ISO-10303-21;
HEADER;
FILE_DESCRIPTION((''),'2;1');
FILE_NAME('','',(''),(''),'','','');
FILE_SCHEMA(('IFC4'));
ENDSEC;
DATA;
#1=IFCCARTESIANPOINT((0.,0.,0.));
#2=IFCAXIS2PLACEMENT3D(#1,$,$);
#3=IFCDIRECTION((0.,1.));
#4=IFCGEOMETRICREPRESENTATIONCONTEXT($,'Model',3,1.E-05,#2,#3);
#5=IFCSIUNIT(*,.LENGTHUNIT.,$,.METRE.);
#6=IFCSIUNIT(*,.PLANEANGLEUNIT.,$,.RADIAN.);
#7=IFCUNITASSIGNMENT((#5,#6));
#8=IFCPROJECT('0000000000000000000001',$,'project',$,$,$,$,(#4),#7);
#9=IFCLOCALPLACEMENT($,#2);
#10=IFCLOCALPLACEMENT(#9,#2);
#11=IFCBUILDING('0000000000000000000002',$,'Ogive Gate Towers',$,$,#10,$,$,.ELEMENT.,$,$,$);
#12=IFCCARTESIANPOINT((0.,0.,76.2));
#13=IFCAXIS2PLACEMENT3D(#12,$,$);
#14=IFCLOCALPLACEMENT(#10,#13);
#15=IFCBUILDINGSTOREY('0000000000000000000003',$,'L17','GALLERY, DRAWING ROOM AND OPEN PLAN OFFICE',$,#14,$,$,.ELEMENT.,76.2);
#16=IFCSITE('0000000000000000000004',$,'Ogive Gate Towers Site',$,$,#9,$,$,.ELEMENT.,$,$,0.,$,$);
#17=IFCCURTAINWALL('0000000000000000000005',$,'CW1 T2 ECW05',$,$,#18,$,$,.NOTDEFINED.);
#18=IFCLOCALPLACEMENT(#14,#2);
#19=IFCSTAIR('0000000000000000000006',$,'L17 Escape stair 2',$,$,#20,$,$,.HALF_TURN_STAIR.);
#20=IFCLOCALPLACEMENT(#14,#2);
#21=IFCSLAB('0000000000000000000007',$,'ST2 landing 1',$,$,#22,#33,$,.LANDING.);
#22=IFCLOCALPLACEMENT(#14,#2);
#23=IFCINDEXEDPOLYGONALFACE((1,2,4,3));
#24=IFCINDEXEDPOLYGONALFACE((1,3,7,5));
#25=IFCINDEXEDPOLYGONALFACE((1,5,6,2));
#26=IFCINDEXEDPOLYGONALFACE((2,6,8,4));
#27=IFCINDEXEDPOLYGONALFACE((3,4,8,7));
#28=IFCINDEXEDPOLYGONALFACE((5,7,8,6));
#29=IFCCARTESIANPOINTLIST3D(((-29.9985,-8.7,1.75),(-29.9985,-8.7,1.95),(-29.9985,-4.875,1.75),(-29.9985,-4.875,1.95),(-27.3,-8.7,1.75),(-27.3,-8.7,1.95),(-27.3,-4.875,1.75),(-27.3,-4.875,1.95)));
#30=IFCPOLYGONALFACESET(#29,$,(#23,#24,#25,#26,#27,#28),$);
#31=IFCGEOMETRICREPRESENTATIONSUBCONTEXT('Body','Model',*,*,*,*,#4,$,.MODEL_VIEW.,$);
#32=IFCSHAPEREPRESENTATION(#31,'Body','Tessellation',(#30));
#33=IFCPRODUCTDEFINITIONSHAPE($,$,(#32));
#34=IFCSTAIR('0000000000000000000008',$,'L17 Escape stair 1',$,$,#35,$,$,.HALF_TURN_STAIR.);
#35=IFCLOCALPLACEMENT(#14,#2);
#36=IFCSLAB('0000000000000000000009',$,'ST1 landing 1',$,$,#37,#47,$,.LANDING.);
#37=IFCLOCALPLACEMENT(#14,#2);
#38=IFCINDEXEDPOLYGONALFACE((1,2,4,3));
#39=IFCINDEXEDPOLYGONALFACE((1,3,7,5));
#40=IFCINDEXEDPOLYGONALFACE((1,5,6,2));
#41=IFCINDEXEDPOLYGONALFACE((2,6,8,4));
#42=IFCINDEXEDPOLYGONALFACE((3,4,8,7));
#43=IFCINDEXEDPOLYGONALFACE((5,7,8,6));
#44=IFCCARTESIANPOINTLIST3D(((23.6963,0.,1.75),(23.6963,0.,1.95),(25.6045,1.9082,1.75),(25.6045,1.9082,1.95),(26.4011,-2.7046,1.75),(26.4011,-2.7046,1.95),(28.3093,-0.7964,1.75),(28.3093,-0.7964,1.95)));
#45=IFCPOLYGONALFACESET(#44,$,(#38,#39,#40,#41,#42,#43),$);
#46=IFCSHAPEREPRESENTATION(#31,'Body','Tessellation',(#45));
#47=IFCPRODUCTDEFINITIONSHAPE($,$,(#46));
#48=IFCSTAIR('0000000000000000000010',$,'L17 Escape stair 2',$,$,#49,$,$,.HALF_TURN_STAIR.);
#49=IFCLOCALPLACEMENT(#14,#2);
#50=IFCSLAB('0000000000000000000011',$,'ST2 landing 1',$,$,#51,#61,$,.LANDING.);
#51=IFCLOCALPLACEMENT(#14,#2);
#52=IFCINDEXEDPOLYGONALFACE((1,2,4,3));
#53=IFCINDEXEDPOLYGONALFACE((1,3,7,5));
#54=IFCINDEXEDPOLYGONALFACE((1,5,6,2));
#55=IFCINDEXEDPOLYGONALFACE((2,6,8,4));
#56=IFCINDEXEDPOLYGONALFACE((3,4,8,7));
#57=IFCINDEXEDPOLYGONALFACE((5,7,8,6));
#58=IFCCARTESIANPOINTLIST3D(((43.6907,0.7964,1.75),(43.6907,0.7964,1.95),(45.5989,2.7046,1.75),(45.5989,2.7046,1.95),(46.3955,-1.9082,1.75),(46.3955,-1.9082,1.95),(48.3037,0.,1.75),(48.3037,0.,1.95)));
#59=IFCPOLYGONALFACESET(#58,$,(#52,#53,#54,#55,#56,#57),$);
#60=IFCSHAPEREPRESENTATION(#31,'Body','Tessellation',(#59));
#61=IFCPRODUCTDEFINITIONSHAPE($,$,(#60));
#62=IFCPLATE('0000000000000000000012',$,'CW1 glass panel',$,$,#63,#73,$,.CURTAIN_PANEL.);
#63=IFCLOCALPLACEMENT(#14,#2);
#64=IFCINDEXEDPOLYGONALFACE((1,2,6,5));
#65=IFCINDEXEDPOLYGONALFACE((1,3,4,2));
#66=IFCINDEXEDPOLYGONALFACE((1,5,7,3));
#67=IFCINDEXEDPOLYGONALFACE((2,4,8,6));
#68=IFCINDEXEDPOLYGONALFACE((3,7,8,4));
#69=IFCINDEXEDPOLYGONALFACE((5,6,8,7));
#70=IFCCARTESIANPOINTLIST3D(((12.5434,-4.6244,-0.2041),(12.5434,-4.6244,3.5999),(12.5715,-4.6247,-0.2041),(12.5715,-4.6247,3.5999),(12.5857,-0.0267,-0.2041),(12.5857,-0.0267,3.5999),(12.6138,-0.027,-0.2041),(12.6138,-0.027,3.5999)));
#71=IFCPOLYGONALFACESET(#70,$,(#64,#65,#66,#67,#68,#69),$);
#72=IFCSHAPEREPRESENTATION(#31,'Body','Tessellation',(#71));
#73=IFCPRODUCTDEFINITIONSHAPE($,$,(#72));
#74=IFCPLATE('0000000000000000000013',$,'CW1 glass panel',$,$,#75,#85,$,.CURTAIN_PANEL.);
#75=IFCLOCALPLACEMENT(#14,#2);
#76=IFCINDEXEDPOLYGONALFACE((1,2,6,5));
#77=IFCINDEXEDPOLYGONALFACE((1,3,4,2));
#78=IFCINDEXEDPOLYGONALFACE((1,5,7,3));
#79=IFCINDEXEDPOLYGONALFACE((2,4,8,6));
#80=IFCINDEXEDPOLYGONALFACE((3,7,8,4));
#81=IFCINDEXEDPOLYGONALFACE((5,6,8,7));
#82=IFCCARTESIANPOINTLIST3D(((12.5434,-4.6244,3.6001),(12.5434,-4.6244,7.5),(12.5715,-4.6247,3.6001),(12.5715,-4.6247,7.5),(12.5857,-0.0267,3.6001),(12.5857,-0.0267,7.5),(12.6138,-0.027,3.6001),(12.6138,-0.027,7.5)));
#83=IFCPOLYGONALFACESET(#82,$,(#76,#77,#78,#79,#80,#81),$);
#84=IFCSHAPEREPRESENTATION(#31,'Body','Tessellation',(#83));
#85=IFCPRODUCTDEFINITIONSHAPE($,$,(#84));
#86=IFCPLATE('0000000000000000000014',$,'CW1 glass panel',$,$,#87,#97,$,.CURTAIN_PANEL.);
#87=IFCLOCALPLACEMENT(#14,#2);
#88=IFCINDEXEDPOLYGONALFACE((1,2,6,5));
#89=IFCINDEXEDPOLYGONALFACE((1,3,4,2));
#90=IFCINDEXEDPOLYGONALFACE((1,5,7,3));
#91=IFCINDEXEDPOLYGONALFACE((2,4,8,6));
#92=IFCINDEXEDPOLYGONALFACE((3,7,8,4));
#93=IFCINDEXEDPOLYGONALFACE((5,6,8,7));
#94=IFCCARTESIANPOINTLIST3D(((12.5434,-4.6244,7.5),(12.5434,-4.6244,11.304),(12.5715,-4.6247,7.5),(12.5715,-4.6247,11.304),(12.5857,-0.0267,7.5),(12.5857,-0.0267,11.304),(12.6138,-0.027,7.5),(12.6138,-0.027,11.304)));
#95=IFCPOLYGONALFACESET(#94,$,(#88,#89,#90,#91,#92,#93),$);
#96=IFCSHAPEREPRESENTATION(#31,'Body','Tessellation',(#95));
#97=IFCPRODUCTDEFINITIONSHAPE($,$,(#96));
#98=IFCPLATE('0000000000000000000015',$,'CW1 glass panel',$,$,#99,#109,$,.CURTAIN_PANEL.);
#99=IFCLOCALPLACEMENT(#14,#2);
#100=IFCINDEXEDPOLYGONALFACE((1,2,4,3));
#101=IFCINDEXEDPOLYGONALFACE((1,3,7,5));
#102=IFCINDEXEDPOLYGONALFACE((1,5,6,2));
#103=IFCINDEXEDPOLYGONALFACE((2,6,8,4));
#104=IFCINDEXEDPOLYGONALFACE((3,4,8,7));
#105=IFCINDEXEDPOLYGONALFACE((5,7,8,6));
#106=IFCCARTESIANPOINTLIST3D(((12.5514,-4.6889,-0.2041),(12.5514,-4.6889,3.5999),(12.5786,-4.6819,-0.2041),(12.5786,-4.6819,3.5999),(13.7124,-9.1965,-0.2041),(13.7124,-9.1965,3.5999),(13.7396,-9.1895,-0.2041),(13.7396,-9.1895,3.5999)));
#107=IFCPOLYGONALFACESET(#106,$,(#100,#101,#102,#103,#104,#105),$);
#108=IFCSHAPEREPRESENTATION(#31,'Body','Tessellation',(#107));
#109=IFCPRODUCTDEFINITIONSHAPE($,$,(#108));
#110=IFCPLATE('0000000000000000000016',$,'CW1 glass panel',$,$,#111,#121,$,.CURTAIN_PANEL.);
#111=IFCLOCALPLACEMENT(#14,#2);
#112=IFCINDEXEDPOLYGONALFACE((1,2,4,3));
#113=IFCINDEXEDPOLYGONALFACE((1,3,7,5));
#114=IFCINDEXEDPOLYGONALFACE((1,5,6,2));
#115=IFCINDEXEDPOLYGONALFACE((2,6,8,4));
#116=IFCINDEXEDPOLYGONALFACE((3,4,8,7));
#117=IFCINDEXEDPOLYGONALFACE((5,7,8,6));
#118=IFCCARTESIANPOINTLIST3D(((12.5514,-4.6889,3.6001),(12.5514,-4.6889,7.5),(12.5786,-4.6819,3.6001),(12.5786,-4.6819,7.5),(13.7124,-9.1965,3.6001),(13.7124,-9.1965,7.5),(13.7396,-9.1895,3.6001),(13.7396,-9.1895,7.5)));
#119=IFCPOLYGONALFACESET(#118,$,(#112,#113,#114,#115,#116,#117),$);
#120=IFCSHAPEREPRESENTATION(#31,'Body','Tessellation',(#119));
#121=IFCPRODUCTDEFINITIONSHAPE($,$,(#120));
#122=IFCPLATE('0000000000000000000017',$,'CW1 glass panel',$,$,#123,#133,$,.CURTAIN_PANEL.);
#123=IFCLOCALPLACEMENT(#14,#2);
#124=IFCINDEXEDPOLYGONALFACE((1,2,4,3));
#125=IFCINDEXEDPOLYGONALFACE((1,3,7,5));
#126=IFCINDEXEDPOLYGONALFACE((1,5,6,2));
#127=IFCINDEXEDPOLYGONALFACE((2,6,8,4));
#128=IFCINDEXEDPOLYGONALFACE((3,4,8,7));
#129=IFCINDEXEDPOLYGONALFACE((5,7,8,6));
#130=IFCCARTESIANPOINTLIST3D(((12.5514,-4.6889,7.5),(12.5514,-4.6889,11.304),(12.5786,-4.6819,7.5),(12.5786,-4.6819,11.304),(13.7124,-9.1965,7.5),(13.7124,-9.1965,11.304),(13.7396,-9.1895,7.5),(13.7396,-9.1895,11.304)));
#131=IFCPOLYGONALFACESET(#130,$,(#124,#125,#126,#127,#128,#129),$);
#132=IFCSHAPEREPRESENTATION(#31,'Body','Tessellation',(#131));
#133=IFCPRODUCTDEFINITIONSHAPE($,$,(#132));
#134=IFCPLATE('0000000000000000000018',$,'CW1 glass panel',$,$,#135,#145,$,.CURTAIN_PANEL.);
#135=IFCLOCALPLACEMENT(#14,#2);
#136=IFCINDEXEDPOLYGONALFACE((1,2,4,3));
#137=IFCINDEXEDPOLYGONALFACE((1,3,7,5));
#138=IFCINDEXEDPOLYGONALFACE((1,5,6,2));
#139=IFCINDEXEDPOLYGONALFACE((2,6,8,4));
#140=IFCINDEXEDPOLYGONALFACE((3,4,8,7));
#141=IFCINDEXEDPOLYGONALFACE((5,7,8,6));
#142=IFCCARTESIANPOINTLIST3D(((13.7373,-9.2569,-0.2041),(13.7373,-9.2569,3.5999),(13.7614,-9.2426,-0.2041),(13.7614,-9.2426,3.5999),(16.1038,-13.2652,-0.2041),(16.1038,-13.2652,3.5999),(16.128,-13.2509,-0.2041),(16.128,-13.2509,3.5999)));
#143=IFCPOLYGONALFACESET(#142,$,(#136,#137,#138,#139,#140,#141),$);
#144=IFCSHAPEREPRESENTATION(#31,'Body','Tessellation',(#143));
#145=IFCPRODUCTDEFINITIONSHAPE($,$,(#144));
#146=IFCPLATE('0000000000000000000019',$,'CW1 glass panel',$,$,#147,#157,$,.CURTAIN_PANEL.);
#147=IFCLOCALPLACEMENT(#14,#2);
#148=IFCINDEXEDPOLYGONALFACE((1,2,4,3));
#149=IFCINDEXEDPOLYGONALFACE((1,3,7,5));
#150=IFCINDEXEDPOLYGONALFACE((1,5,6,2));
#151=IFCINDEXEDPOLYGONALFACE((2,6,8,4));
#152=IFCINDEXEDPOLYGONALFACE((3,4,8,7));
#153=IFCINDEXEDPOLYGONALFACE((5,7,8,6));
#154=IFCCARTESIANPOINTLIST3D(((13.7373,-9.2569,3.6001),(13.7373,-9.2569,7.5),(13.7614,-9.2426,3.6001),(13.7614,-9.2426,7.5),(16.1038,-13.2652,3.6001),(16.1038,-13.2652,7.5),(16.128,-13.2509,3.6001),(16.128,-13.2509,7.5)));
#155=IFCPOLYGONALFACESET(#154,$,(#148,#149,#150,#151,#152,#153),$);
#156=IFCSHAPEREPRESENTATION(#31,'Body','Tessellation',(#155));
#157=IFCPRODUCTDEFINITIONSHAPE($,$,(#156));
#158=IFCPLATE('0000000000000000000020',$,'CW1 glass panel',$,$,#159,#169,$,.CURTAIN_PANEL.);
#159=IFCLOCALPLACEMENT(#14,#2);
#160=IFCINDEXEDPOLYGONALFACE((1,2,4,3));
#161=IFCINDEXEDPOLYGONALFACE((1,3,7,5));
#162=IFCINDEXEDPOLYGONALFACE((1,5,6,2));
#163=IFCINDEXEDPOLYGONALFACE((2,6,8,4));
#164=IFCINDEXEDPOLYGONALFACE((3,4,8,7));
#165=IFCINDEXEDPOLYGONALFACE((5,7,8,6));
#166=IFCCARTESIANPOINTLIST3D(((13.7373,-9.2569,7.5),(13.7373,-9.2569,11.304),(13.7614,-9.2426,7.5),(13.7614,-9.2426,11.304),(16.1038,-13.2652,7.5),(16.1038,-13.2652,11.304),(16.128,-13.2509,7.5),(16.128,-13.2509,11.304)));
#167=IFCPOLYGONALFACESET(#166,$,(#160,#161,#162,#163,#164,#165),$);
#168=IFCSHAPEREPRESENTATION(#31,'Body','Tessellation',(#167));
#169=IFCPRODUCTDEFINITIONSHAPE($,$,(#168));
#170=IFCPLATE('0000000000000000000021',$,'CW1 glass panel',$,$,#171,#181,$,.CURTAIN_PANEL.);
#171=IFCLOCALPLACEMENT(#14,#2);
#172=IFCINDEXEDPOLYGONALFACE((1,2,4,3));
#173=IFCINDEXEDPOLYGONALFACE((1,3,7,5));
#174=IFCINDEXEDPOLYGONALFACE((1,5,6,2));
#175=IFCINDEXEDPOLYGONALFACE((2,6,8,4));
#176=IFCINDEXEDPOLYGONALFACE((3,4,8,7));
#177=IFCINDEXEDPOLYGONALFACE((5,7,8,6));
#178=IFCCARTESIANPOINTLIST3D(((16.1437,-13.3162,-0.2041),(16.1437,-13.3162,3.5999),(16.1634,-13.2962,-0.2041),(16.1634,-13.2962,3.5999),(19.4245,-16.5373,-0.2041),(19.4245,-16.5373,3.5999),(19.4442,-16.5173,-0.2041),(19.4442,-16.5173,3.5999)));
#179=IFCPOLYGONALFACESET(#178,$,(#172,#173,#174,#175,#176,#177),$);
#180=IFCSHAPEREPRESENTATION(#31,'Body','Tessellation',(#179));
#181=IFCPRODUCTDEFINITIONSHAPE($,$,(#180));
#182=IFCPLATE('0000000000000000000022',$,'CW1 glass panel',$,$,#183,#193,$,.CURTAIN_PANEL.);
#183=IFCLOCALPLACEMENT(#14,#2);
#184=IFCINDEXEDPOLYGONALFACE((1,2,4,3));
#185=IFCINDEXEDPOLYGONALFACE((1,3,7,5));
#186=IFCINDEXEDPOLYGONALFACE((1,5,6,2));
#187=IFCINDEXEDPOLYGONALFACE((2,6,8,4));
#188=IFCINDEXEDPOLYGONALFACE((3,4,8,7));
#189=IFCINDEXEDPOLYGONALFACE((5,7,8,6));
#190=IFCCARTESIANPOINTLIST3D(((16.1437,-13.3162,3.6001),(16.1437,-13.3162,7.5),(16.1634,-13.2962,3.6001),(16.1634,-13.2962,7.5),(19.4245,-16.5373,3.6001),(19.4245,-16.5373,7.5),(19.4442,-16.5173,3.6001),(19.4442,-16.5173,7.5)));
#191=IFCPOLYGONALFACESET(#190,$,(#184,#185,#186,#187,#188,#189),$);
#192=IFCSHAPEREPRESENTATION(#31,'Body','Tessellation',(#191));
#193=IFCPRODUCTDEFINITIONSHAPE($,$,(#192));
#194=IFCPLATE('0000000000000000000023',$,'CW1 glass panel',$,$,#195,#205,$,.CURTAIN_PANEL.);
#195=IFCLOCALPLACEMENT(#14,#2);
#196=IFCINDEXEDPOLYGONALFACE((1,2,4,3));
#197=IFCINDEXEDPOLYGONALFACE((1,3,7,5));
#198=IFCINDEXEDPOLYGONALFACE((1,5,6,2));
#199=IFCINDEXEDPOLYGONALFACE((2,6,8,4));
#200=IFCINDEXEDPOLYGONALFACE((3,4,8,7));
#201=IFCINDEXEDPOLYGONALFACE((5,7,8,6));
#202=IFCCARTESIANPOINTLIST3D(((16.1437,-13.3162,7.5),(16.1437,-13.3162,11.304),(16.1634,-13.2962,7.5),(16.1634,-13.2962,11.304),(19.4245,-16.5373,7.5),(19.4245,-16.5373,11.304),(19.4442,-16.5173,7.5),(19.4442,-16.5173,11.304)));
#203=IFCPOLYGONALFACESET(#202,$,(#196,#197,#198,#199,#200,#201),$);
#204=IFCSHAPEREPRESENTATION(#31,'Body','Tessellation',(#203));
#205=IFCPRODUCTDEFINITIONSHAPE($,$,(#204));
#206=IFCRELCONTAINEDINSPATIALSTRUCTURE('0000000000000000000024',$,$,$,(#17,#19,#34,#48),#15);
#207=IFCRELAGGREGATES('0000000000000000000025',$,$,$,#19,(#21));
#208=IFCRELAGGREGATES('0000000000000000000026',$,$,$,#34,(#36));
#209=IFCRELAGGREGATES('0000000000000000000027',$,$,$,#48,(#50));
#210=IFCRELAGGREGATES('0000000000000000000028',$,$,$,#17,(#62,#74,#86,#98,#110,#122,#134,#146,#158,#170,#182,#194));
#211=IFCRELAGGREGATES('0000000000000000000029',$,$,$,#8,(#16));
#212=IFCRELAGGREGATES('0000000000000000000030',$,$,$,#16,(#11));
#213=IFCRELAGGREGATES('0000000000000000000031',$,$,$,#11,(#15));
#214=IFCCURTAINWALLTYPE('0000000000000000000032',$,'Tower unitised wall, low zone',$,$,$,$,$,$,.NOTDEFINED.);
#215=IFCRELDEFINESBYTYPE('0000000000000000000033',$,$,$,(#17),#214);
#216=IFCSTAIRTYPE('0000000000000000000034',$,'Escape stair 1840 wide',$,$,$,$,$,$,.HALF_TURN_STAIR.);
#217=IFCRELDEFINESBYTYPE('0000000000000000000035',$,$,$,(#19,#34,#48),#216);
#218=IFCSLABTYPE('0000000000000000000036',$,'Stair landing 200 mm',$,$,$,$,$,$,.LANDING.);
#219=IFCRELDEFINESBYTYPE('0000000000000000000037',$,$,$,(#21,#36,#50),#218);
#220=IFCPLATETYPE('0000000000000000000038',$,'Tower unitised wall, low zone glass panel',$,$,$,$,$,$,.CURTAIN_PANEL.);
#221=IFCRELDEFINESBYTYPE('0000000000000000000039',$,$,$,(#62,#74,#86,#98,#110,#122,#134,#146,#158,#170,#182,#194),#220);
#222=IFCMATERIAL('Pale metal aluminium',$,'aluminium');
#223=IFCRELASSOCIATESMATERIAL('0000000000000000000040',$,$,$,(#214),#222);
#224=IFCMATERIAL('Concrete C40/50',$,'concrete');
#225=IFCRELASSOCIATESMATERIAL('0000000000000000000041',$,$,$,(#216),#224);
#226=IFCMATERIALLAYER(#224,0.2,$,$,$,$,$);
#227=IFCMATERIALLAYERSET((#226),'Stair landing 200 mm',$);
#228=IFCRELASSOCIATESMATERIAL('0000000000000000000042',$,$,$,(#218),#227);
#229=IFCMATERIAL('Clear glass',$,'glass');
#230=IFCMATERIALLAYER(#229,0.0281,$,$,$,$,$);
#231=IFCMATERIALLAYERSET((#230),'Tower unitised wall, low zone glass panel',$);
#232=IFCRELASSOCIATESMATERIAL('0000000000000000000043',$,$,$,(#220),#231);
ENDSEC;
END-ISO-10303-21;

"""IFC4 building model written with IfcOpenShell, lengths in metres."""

from ifc_helpers import new_model, si_unit, direction, frame, origin, origin_2d, place, context, subcontext, project, spatial, polyline, rectangle, outline, extrude, material, layer, layer_set, type_object, element, aggregate, save


model = new_model("IFC4")

# Units and contexts
model_context = context("Model", 3, precision=1e-05, world=origin(), true_north=direction((0.0, 1.0)))
body_context = subcontext(model_context, "Body", "Model", "MODEL_VIEW")
ifc_project = project(units=[si_unit("LENGTHUNIT", "METRE"), si_unit("PLANEANGLEUNIT", "RADIAN")], contexts=[model_context])

# Site, building, storey
site_placement = place(None, origin())
site = spatial("IfcSite", under=ifc_project, at=site_placement, Name="Ogive Gate Towers Site", CompositionType="ELEMENT", RefElevation=0.0)
building_placement = place(site_placement, origin())
building = spatial("IfcBuilding", under=site, at=building_placement, Name="Ogive Gate Towers", CompositionType="ELEMENT")
storey_placement = place(building_placement, frame((0.0, 0.0, 76.2)))
storey = spatial("IfcBuildingStorey", under=building, at=storey_placement, Name="L17", Description="GALLERY, DRAWING ROOM AND OPEN PLAN OFFICE", CompositionType="ELEMENT", Elevation=76.2)

# Curtain wall
ifc_material_1 = material(Name="Pale metal aluminium", Category="aluminium")
curtain_wall_type = type_object("IfcCurtainWallType", Name="Tower unitised wall, low zone", PredefinedType="NOTDEFINED", material=ifc_material_1)
curtain_wall_1_placement = place(storey_placement, origin())
curtain_wall_1 = element("IfcCurtainWall", 1, at=curtain_wall_1_placement, inside=storey, type_object=curtain_wall_type, Name="CW1 T2 ECW05", PredefinedType="NOTDEFINED")

# Stairs, slabs
ifc_material_2 = material(Name="Concrete C40/50", Category="concrete")
stair_type = type_object("IfcStairType", Name="Escape stair 1840 wide", PredefinedType="HALF_TURN_STAIR", material=ifc_material_2)
stair_1_placement = place(storey_placement, origin())
stair_1 = element("IfcStair", 2, at=stair_1_placement, inside=storey, type_object=stair_type, Name="L17 Escape stair 2", PredefinedType="HALF_TURN_STAIR")
ifc_layer_1 = layer(ifc_material_2, 0.2)
ifc_layer_set_1 = layer_set([ifc_layer_1], Name="Stair landing 200 mm")
slab_type = type_object("IfcSlabType", Name="Stair landing 200 mm", PredefinedType="LANDING", material=ifc_layer_set_1)
slab_1_placement = place(storey_placement, frame((0.0, 0.0, 1.75)))
slab_1 = element("IfcSlab", 3, at=slab_1_placement, type_object=slab_type, Name="ST2 landing 1", PredefinedType="LANDING", context=body_context, shape_type="SweptSolid", body=[
    extrude(outline(polyline([(-29.9985, -8.7), (-27.3, -8.7), (-27.3, -4.875), (-29.9985, -4.875), (-29.9985, -8.7)])), origin(), (0.0, 0.0, 1.0), 0.2),
])
aggregate(stair_1, [slab_1])
stair_2_placement = place(storey_placement, origin())
stair_2 = element("IfcStair", 4, at=stair_2_placement, inside=storey, type_object=stair_type, Name="L17 Escape stair 1", PredefinedType="HALF_TURN_STAIR")
slab_2_placement = place(storey_placement, frame((0.0, 0.0, 1.75)))
slab_2 = element("IfcSlab", 5, at=slab_2_placement, type_object=slab_type, Name="ST1 landing 1", PredefinedType="LANDING", context=body_context, shape_type="SweptSolid", body=[
    extrude(outline(polyline([(25.6045, 1.9082), (23.6963, 0.0), (26.4011, -2.7046), (28.3093, -0.7964), (25.6045, 1.9082)])), origin(), (0.0, 0.0, 1.0), 0.2),
])
aggregate(stair_2, [slab_2])
stair_3_placement = place(storey_placement, origin())
stair_3 = element("IfcStair", 6, at=stair_3_placement, inside=storey, type_object=stair_type, Name="L17 Escape stair 2", PredefinedType="HALF_TURN_STAIR")
slab_3_placement = place(storey_placement, frame((0.0, 0.0, 1.75)))
slab_3 = element("IfcSlab", 7, at=slab_3_placement, type_object=slab_type, Name="ST2 landing 1", PredefinedType="LANDING", context=body_context, shape_type="SweptSolid", body=[
    extrude(outline(polyline([(46.3955, -1.9082), (48.3037, 0.0), (45.5989, 2.7046), (43.6907, 0.7964), (46.3955, -1.9082)])), origin(), (0.0, 0.0, 1.0), 0.2),
])
aggregate(stair_3, [slab_3])

# Plates
ifc_material_3 = material(Name="Clear glass", Category="glass")
ifc_layer_2 = layer(ifc_material_3, 0.0281)
ifc_layer_set_2 = layer_set([ifc_layer_2], Name="Tower unitised wall, low zone glass panel")
plate_type = type_object("IfcPlateType", Name="Tower unitised wall, low zone glass panel", PredefinedType="CURTAIN_PANEL", material=ifc_layer_set_2)
plate_1_placement = place(storey_placement, frame((12.5786, -2.3257, -0.2041), z_axis=(0.0, 0.0, 1.0), x_axis=(-0.009198, -0.999958, 0.0)))
plate_1 = element("IfcPlate", 8, at=plate_1_placement, type_object=plate_type, Name="CW1 glass panel", PredefinedType="CURTAIN_PANEL", context=body_context, shape_type="SweptSolid", body=[
    extrude(rectangle(XDim=4.5979, YDim=0.0281, at=origin_2d()), origin(), (0.0, 0.0, 1.0), 3.804),
])
plate_2_placement = place(storey_placement, frame((12.5786, -2.3257, 3.6001), z_axis=(0.0, 0.0, 1.0), x_axis=(-0.009198, -0.999958, 0.0)))
plate_2 = element("IfcPlate", 9, at=plate_2_placement, type_object=plate_type, Name="CW1 glass panel", PredefinedType="CURTAIN_PANEL", context=body_context, shape_type="SweptSolid", body=[
    extrude(rectangle(XDim=4.5979, YDim=0.0281, at=origin_2d()), origin(), (0.0, 0.0, 1.0), 3.8999),
])
plate_3_placement = place(storey_placement, frame((12.5786, -2.3257, 7.5), z_axis=(0.0, 0.0, 1.0), x_axis=(-0.009198, -0.999958, 0.0)))
plate_3 = element("IfcPlate", 10, at=plate_3_placement, type_object=plate_type, Name="CW1 glass panel", PredefinedType="CURTAIN_PANEL", context=body_context, shape_type="SweptSolid", body=[
    extrude(rectangle(XDim=4.5979, YDim=0.0281, at=origin_2d()), origin(), (0.0, 0.0, 1.0), 3.804),
])
plate_4_placement = place(storey_placement, frame((13.1455, -6.9392, -0.2041), z_axis=(0.0, 0.0, 1.0), x_axis=(0.249417, -0.968396, 0.0)))
plate_4 = element("IfcPlate", 11, at=plate_4_placement, type_object=plate_type, Name="CW1 glass panel", PredefinedType="CURTAIN_PANEL", context=body_context, shape_type="SweptSolid", body=[
    extrude(rectangle(XDim=4.6548, YDim=0.0281, at=origin_2d()), origin(), (0.0, 0.0, 1.0), 3.804),
])
plate_5_placement = place(storey_placement, frame((13.1455, -6.9392, 3.6001), z_axis=(0.0, 0.0, 1.0), x_axis=(0.249417, -0.968396, 0.0)))
plate_5 = element("IfcPlate", 12, at=plate_5_placement, type_object=plate_type, Name="CW1 glass panel", PredefinedType="CURTAIN_PANEL", context=body_context, shape_type="SweptSolid", body=[
    extrude(rectangle(XDim=4.6548, YDim=0.0281, at=origin_2d()), origin(), (0.0, 0.0, 1.0), 3.8999),
])
plate_6_placement = place(storey_placement, frame((13.1455, -6.9392, 7.5), z_axis=(0.0, 0.0, 1.0), x_axis=(0.249417, -0.968396, 0.0)))
plate_6 = element("IfcPlate", 13, at=plate_6_placement, type_object=plate_type, Name="CW1 glass panel", PredefinedType="CURTAIN_PANEL", context=body_context, shape_type="SweptSolid", body=[
    extrude(rectangle(XDim=4.6548, YDim=0.0281, at=origin_2d()), origin(), (0.0, 0.0, 1.0), 3.804),
])
plate_7_placement = place(storey_placement, frame((14.9326, -11.2539, -0.2041), z_axis=(0.0, 0.0, 1.0), x_axis=(0.50841, -0.861115, 0.0)))
plate_7 = element("IfcPlate", 14, at=plate_7_placement, type_object=plate_type, Name="CW1 glass panel", PredefinedType="CURTAIN_PANEL", context=body_context, shape_type="SweptSolid", body=[
    extrude(rectangle(XDim=4.6548, YDim=0.0281, at=origin_2d()), origin(), (0.0, 0.0, 1.0), 3.804),
])
plate_8_placement = place(storey_placement, frame((14.9326, -11.2539, 3.6001), z_axis=(0.0, 0.0, 1.0), x_axis=(0.50841, -0.861115, 0.0)))
plate_8 = element("IfcPlate", 15, at=plate_8_placement, type_object=plate_type, Name="CW1 glass panel", PredefinedType="CURTAIN_PANEL", context=body_context, shape_type="SweptSolid", body=[
    extrude(rectangle(XDim=4.6548, YDim=0.0281, at=origin_2d()), origin(), (0.0, 0.0, 1.0), 3.8999),
])
plate_9_placement = place(storey_placement, frame((14.9326, -11.2539, 7.5), z_axis=(0.0, 0.0, 1.0), x_axis=(0.50841, -0.861115, 0.0)))
plate_9 = element("IfcPlate", 16, at=plate_9_placement, type_object=plate_type, Name="CW1 glass panel", PredefinedType="CURTAIN_PANEL", context=body_context, shape_type="SweptSolid", body=[
    extrude(rectangle(XDim=4.6548, YDim=0.0281, at=origin_2d()), origin(), (0.0, 0.0, 1.0), 3.804),
])
plate_10_placement = place(storey_placement, frame((17.7939, -14.9167, -0.2041), z_axis=(0.0, 0.0, 1.0), x_axis=(0.713568, -0.700586, 0.0)))
plate_10 = element("IfcPlate", 17, at=plate_10_placement, type_object=plate_type, Name="CW1 glass panel", PredefinedType="CURTAIN_PANEL", context=body_context, shape_type="SweptSolid", body=[
    extrude(rectangle(XDim=4.5977, YDim=0.0281, at=origin_2d()), origin(), (0.0, 0.0, 1.0), 3.804),
])
plate_11_placement = place(storey_placement, frame((17.7939, -14.9167, 3.6001), z_axis=(0.0, 0.0, 1.0), x_axis=(0.713568, -0.700586, 0.0)))
plate_11 = element("IfcPlate", 18, at=plate_11_placement, type_object=plate_type, Name="CW1 glass panel", PredefinedType="CURTAIN_PANEL", context=body_context, shape_type="SweptSolid", body=[
    extrude(rectangle(XDim=4.5977, YDim=0.0281, at=origin_2d()), origin(), (0.0, 0.0, 1.0), 3.8999),
])
plate_12_placement = place(storey_placement, frame((17.7939, -14.9167, 7.5), z_axis=(0.0, 0.0, 1.0), x_axis=(0.713568, -0.700586, 0.0)))
plate_12 = element("IfcPlate", 19, at=plate_12_placement, type_object=plate_type, Name="CW1 glass panel", PredefinedType="CURTAIN_PANEL", context=body_context, shape_type="SweptSolid", body=[
    extrude(rectangle(XDim=4.5977, YDim=0.0281, at=origin_2d()), origin(), (0.0, 0.0, 1.0), 3.804),
])
aggregate(curtain_wall_1, [plate_1, plate_2, plate_3, plate_4, plate_5, plate_6, plate_7, plate_8, plate_9, plate_10, plate_11, plate_12])

save(model, "model.ifc")
